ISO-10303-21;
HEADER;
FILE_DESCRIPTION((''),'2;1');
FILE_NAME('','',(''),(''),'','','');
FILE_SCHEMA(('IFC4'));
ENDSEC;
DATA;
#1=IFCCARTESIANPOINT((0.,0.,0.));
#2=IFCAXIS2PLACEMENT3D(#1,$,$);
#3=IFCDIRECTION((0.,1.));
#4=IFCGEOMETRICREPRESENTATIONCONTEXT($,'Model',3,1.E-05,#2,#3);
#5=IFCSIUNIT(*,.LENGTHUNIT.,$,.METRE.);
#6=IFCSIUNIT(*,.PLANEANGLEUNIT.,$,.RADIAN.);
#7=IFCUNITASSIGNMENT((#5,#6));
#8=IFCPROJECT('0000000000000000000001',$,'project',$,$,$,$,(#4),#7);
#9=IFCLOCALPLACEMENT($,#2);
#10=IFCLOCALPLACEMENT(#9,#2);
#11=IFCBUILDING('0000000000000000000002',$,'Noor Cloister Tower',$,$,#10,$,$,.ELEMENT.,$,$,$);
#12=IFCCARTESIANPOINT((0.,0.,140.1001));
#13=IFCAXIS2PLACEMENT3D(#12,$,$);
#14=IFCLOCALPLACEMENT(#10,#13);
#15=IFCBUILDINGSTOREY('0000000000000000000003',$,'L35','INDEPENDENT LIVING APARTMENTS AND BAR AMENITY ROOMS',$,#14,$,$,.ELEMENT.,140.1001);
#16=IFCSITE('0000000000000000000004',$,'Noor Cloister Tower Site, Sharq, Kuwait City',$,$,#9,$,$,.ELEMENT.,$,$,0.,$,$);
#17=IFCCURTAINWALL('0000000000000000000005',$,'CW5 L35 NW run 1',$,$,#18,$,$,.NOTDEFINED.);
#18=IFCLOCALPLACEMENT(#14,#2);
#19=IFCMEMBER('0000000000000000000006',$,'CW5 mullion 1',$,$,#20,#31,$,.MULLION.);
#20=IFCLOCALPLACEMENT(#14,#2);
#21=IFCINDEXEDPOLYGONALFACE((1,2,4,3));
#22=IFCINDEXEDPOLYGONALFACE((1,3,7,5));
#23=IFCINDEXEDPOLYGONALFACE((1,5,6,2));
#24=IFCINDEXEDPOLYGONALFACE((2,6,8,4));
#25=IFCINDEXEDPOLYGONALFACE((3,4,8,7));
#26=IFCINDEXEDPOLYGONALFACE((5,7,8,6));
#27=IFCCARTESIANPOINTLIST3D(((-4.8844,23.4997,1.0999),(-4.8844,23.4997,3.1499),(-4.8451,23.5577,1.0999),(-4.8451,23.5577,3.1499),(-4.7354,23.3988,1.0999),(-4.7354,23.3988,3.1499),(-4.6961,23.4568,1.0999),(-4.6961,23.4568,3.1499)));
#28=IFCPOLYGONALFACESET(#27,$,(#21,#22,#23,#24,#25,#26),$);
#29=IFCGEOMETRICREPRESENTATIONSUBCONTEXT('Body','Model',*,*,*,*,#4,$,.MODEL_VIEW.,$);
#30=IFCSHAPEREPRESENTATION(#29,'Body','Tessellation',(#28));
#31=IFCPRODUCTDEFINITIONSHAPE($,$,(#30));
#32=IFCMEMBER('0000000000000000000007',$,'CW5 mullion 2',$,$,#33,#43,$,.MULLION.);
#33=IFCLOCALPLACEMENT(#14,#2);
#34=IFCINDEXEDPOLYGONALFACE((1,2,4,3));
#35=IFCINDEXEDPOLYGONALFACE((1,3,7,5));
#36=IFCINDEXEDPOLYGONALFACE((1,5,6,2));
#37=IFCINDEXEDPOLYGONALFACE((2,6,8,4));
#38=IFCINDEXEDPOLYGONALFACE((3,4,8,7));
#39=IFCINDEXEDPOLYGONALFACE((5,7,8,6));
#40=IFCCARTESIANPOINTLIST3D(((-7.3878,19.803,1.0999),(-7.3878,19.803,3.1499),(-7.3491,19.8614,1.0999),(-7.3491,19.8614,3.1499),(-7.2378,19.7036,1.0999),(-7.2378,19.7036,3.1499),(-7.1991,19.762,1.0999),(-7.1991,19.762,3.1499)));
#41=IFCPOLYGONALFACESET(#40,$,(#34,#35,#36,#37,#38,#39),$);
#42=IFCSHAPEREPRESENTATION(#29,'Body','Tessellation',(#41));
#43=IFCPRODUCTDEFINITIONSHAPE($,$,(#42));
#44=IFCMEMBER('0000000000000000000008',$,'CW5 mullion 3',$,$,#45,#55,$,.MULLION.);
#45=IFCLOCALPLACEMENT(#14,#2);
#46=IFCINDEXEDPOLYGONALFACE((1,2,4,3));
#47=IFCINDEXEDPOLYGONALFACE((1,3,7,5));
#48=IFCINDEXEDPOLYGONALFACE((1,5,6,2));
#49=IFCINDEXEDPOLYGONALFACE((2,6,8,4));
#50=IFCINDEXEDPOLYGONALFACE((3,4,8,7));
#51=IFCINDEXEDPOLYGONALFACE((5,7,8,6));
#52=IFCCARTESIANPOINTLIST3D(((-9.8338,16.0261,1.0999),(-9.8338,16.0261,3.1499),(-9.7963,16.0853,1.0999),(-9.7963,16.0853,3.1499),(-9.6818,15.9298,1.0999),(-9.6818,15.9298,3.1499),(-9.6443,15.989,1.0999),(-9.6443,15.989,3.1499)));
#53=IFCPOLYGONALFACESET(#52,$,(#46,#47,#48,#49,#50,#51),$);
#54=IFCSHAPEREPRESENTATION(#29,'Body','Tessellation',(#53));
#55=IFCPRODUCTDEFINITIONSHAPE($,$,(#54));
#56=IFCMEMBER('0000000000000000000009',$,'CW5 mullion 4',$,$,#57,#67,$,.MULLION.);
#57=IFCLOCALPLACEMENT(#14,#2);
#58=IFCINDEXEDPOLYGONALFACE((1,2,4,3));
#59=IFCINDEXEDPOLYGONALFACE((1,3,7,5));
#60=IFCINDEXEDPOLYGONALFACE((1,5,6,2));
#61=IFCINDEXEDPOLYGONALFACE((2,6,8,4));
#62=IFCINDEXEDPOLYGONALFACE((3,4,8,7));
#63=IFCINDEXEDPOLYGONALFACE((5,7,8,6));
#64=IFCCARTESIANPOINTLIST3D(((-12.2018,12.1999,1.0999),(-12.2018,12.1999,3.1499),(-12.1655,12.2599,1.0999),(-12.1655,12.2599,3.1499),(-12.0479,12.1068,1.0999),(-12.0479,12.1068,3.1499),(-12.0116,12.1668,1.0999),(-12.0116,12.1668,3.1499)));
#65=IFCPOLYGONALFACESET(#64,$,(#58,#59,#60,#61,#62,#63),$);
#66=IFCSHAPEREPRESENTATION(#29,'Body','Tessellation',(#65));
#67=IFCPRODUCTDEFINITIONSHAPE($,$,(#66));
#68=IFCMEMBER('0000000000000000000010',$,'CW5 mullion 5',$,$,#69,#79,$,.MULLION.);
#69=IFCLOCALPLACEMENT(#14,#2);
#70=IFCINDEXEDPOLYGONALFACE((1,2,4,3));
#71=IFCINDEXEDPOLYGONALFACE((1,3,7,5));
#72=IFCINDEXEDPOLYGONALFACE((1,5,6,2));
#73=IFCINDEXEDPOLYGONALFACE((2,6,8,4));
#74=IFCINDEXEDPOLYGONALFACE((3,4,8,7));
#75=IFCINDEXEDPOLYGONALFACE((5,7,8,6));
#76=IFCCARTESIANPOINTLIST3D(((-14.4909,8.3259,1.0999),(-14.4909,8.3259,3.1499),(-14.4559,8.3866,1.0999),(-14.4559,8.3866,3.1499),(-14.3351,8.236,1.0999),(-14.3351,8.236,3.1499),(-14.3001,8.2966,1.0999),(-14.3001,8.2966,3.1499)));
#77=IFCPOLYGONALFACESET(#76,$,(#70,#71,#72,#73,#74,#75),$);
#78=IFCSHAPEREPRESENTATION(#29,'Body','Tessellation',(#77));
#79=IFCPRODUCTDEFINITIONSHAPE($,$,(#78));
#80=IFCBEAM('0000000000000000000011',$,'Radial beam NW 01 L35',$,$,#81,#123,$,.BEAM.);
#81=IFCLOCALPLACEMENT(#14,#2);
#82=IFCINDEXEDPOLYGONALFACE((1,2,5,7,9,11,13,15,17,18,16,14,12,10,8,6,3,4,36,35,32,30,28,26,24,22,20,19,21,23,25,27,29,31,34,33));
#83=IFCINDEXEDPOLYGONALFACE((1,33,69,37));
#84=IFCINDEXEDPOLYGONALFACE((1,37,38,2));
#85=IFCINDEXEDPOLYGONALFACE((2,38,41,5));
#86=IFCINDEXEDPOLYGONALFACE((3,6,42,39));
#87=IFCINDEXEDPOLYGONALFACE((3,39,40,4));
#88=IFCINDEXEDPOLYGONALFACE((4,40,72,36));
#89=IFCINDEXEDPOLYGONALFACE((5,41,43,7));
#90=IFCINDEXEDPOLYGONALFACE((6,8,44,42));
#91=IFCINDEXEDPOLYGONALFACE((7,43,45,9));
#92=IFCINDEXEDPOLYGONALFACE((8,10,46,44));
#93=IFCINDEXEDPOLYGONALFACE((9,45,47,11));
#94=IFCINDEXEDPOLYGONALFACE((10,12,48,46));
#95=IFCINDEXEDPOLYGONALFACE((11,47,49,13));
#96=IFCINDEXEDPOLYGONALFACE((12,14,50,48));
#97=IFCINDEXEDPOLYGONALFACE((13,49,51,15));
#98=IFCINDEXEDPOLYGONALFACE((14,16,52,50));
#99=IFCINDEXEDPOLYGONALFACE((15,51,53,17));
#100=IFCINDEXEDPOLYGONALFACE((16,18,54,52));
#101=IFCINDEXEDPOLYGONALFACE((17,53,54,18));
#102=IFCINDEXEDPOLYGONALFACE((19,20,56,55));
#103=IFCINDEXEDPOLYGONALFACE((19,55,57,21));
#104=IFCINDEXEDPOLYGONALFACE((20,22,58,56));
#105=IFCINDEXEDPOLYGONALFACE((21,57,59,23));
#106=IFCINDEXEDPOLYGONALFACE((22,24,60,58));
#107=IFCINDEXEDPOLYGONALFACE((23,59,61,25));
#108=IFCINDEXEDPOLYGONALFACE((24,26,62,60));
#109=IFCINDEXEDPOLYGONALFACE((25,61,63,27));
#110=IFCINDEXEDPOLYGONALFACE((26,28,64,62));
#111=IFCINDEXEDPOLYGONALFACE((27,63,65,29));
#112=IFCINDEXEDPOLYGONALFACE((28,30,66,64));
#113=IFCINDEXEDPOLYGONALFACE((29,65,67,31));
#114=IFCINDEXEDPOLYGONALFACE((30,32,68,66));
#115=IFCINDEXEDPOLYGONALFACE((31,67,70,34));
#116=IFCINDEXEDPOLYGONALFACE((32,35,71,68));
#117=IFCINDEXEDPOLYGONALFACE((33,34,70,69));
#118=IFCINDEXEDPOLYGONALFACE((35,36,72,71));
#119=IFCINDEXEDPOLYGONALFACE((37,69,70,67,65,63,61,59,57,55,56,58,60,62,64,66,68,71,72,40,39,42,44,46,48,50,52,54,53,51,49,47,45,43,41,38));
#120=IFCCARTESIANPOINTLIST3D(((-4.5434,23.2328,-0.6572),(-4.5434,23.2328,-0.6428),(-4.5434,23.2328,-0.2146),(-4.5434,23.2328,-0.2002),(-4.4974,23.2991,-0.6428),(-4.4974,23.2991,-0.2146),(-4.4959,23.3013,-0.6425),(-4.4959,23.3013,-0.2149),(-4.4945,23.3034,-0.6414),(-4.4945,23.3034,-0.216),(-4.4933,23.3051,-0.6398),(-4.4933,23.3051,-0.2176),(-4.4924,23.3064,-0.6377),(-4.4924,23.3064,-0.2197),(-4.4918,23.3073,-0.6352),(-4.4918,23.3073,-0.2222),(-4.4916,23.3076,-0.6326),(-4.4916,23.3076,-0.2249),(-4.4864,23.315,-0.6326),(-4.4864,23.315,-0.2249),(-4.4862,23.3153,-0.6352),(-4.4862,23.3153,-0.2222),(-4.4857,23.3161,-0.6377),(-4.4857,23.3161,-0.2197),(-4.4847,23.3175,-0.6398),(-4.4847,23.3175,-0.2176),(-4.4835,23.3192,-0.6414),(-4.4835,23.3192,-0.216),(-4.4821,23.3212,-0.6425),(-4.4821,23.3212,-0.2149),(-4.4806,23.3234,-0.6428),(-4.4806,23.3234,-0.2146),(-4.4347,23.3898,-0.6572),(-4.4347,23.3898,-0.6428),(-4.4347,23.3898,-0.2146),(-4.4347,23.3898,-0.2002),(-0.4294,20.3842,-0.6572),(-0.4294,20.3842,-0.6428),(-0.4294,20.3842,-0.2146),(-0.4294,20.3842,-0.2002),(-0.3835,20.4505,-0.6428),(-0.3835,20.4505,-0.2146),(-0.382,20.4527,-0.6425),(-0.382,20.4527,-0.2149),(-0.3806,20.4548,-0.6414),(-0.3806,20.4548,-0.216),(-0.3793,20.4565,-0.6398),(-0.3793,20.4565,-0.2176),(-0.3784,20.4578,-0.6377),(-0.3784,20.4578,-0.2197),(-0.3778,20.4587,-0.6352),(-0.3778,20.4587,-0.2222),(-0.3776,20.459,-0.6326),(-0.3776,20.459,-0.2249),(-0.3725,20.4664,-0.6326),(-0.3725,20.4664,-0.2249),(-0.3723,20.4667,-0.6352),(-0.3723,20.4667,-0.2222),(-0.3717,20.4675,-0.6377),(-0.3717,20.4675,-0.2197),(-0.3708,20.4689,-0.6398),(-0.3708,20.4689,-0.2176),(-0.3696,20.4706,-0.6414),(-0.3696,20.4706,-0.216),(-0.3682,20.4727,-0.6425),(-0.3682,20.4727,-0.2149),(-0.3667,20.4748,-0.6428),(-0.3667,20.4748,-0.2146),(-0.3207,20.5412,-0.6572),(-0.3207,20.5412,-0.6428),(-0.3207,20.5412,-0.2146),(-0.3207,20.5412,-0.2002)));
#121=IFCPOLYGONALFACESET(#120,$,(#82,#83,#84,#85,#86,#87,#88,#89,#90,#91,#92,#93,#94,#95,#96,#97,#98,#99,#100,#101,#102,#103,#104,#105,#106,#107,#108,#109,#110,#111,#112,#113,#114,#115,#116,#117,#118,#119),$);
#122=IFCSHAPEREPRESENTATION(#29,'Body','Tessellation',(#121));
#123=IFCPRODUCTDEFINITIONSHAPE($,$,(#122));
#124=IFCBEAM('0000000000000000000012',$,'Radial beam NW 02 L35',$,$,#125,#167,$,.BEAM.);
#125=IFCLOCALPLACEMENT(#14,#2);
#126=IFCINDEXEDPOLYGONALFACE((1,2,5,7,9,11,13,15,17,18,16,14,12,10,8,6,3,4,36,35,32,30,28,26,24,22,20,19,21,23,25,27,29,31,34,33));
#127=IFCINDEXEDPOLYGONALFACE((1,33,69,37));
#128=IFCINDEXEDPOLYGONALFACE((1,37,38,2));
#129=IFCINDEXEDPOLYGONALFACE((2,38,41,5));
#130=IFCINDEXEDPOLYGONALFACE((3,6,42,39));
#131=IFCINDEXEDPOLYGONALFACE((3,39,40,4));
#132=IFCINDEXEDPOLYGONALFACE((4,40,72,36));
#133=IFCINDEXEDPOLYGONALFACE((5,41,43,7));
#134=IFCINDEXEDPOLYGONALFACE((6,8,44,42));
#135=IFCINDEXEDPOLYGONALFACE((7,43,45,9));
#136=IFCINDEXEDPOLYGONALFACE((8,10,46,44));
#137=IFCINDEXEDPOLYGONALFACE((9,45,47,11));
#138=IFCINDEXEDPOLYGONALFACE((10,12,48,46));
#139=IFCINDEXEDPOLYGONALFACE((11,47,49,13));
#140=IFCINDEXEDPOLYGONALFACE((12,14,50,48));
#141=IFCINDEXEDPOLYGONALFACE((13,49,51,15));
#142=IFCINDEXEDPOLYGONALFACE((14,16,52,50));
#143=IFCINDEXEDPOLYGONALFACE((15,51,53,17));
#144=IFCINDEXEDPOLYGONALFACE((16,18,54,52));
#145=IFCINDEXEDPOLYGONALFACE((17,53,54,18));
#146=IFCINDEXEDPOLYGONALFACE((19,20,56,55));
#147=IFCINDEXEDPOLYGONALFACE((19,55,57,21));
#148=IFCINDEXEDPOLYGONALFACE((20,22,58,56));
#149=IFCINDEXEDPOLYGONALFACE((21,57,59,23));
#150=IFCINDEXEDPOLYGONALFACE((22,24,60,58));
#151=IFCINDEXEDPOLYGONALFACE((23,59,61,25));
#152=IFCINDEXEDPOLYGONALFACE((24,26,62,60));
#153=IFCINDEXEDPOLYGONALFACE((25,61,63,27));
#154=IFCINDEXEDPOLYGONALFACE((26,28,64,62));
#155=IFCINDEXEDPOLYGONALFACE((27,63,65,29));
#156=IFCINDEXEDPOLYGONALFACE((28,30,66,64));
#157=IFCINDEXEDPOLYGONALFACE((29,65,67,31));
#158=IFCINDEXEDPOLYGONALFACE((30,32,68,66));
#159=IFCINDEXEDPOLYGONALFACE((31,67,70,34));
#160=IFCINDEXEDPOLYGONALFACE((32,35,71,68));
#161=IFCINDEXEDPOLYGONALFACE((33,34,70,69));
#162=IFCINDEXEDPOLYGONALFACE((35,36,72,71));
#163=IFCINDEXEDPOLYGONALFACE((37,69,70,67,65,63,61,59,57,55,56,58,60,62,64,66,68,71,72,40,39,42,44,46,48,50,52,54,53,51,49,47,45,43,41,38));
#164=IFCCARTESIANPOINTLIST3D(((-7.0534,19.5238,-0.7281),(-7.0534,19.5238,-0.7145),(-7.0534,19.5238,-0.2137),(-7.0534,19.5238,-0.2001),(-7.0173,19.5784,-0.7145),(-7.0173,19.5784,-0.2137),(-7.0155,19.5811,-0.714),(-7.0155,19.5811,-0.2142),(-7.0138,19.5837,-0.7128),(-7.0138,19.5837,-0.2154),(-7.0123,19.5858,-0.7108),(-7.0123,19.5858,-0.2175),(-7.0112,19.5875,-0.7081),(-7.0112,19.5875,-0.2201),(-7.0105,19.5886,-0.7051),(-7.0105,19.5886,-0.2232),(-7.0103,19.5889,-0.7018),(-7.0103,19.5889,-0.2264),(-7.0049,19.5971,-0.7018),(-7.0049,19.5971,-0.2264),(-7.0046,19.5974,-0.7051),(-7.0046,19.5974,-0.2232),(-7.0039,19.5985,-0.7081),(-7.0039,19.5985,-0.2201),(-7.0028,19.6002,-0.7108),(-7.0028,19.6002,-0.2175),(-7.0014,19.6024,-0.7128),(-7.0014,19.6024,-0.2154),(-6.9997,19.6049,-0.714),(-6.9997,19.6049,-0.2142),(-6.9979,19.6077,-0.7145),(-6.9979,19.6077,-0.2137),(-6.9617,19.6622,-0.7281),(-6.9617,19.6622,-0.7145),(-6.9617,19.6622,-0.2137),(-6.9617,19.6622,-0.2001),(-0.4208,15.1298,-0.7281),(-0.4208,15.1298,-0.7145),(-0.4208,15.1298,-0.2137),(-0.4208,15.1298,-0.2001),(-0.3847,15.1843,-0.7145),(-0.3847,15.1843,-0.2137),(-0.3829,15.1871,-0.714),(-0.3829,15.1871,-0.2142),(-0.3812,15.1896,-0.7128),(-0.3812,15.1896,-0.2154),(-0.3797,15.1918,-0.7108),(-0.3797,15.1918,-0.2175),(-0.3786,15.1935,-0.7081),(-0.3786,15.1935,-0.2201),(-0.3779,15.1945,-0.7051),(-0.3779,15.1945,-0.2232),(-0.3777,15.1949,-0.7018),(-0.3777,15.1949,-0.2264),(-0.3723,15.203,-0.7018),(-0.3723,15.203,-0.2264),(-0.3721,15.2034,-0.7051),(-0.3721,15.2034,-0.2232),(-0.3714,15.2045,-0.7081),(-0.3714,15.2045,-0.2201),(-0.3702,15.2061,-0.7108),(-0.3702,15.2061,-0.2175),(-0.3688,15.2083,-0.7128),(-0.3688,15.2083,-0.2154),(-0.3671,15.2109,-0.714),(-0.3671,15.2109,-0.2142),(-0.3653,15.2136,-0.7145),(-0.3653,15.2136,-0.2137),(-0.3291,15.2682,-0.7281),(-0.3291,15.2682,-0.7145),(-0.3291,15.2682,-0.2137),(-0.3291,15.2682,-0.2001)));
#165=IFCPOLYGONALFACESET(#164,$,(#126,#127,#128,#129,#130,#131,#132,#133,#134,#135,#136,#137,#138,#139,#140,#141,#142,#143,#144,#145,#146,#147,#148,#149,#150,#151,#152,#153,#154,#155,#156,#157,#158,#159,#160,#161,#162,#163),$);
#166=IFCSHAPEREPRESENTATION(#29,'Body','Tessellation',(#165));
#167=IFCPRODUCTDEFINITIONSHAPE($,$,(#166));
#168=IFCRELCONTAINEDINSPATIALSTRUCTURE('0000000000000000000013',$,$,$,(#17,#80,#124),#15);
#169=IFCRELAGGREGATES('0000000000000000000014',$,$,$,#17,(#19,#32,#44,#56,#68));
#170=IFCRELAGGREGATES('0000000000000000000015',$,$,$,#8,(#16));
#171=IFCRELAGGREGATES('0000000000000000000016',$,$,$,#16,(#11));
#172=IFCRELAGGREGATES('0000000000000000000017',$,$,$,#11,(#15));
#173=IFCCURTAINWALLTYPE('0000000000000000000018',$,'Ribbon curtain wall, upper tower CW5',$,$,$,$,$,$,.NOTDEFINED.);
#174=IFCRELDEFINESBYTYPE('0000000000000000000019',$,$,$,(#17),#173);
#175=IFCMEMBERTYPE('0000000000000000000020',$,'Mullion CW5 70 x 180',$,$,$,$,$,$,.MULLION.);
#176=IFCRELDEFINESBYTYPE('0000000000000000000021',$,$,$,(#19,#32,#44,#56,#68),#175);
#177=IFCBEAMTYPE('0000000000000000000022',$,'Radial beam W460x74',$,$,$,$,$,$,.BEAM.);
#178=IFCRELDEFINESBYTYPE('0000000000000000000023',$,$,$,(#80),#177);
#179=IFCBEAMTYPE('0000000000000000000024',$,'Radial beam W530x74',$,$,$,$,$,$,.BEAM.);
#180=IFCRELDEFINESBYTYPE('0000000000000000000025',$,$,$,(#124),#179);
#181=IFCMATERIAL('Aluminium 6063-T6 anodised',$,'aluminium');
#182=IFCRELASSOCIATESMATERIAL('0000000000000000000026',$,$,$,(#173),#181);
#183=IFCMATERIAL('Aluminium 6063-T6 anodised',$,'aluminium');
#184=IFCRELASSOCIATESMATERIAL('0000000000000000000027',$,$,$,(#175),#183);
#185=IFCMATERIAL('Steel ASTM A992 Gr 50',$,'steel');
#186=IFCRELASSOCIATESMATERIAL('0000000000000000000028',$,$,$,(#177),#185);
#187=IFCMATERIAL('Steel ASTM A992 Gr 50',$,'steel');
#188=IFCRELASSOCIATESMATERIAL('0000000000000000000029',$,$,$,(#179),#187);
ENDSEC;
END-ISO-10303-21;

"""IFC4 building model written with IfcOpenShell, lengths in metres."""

from ifc_helpers import new_model, si_unit, direction, frame, origin, origin_2d, place, context, subcontext, project, spatial, rectangle, i_section, extrude, material, material_profile, profile_set, type_object, element, aggregate, save


model = new_model("IFC4")

# Units and contexts
model_context = context("Model", 3, precision=1e-05, world=origin(), true_north=direction((0.0, 1.0)))
body_context = subcontext(model_context, "Body", "Model", "MODEL_VIEW")
ifc_project = project(units=[si_unit("LENGTHUNIT", "METRE"), si_unit("PLANEANGLEUNIT", "RADIAN")], contexts=[model_context])

# Site, building, storey
site_placement = place(None, origin())
site = spatial("IfcSite", under=ifc_project, at=site_placement, Name="Noor Cloister Tower Site, Sharq, Kuwait City", CompositionType="ELEMENT", RefElevation=0.0)
building_placement = place(site_placement, origin())
building = spatial("IfcBuilding", under=site, at=building_placement, Name="Noor Cloister Tower", CompositionType="ELEMENT")
storey_placement = place(building_placement, frame((0.0, 0.0, 140.1001)))
storey = spatial("IfcBuildingStorey", under=building, at=storey_placement, Name="L35", Description="INDEPENDENT LIVING APARTMENTS AND BAR AMENITY ROOMS", CompositionType="ELEMENT", Elevation=140.1001)

# Curtain wall, members
ifc_material_1 = material(Name="Aluminium 6063-T6 anodised", Category="aluminium")
curtain_wall_type = type_object("IfcCurtainWallType", Name="Ribbon curtain wall, upper tower CW5", PredefinedType="NOTDEFINED", material=ifc_material_1)
curtain_wall_placement = place(storey_placement, origin())
curtain_wall = element("IfcCurtainWall", 1, at=curtain_wall_placement, inside=storey, type_object=curtain_wall_type, Name="CW5 L35 NW run 1", PredefinedType="NOTDEFINED")
ifc_material_2 = material(Name="Aluminium 6063-T6 anodised", Category="aluminium")
ifc_material_profile_1 = material_profile(ifc_material_2, rectangle(XDim=0.1799, YDim=0.0701, at=origin_2d()), Name="180 x 70 mullion")
ifc_profile_set_1 = profile_set([ifc_material_profile_1], Name="Aluminium 6063-T6 anodised")
member_type = type_object("IfcMemberType", Name="Mullion CW5 70 x 180", PredefinedType="MULLION", material=ifc_profile_set_1)
member_1_placement = place(storey_placement, frame((-4.7903, 23.4783, 1.0999), z_axis=(0.0, 0.0, 1.0), x_axis=(0.827946, -0.560807, 0.0)))
member_1 = element("IfcMember", 2, at=member_1_placement, type_object=member_type, Name="CW5 mullion 1", PredefinedType="MULLION", context=body_context, shape_type="SweptSolid", body=[
    extrude(rectangle(XDim=0.1799, YDim=0.0701, at=origin_2d()), origin(), (0.0, 0.0, 1.0), 2.05),
])
member_2_placement = place(storey_placement, frame((-7.2935, 19.7825, 1.0999), z_axis=(0.0, 0.0, 1.0), x_axis=(0.833652, -0.55229, 0.0)))
member_2 = element("IfcMember", 3, at=member_2_placement, type_object=member_type, Name="CW5 mullion 2", PredefinedType="MULLION", context=body_context, shape_type="SweptSolid", body=[
    extrude(rectangle(XDim=0.1799, YDim=0.0701, at=origin_2d()), origin(), (0.0, 0.0, 1.0), 2.05),
])
member_3_placement = place(storey_placement, frame((-9.739, 16.0076, 1.0999), z_axis=(0.0, 0.0, 1.0), x_axis=(0.8448, -0.535083, 0.0)))
member_3 = element("IfcMember", 4, at=member_3_placement, type_object=member_type, Name="CW5 mullion 3", PredefinedType="MULLION", context=body_context, shape_type="SweptSolid", body=[
    extrude(rectangle(XDim=0.1799, YDim=0.0701, at=origin_2d()), origin(), (0.0, 0.0, 1.0), 2.05),
])
member_4_placement = place(storey_placement, frame((-12.1067, 12.1833, 1.0999), z_axis=(0.0, 0.0, 1.0), x_axis=(0.855592, -0.51765, 0.0)))
member_4 = element("IfcMember", 5, at=member_4_placement, type_object=member_type, Name="CW5 mullion 4", PredefinedType="MULLION", context=body_context, shape_type="SweptSolid", body=[
    extrude(rectangle(XDim=0.1799, YDim=0.0701, at=origin_2d()), origin(), (0.0, 0.0, 1.0), 2.05),
])
member_5_placement = place(storey_placement, frame((-14.3955, 8.3113, 1.0999), z_axis=(0.0, 0.0, 1.0), x_axis=(0.866025, -0.5, 0.0)))
member_5 = element("IfcMember", 6, at=member_5_placement, type_object=member_type, Name="CW5 mullion 5", PredefinedType="MULLION", context=body_context, shape_type="SweptSolid", body=[
    extrude(rectangle(XDim=0.1799, YDim=0.0701, at=origin_2d()), origin(), (0.0, 0.0, 1.0), 2.05),
])

# Beams
ifc_material_3 = material(Name="Steel ASTM A992 Gr 50", Category="steel")
ifc_material_profile_2 = material_profile(ifc_material_3, i_section(OverallWidth=0.1909, OverallDepth=0.457, WebThickness=0.009, FlangeThickness=0.0144, FilletRadius=0.0103, at=origin_2d()), Name="W460x74")
ifc_profile_set_2 = profile_set([ifc_material_profile_2], Name="Steel ASTM A992 Gr 50")
beam_type_1 = type_object("IfcBeamType", Name="Radial beam W460x74", PredefinedType="BEAM", material=ifc_profile_set_2)
beam_1_placement = place(storey_placement, frame((-4.489, 23.3113, -0.4287), z_axis=(0.822148, -0.569273, 0.0), x_axis=(0.569273, 0.822148, 0.0)))
element("IfcBeam", 7, at=beam_1_placement, inside=storey, type_object=beam_type_1, Name="Radial beam NW 01 L35", PredefinedType="BEAM", context=body_context, shape_type="SweptSolid", body=[
    extrude(i_section(OverallWidth=0.1909, OverallDepth=0.457, WebThickness=0.009, FlangeThickness=0.0144, FilletRadius=0.0103, at=origin_2d()), origin(), (0.0, 0.0, 1.0), 5.0039),
])
ifc_material_4 = material(Name="Steel ASTM A992 Gr 50", Category="steel")
ifc_material_profile_3 = material_profile(ifc_material_4, i_section(OverallWidth=0.166, OverallDepth=0.5281, WebThickness=0.0098, FlangeThickness=0.0137, FilletRadius=0.0127, at=origin_2d()), Name="W530x74")
ifc_profile_set_3 = profile_set([ifc_material_profile_3], Name="Steel ASTM A992 Gr 50")
beam_type_2 = type_object("IfcBeamType", Name="Radial beam W530x74", PredefinedType="BEAM", material=ifc_profile_set_3)
beam_2_placement = place(storey_placement, frame((-7.0076, 19.593, -0.4641), z_axis=(0.833652, -0.55229, 0.0), x_axis=(0.55229, 0.833652, 0.0)))
element("IfcBeam", 8, at=beam_2_placement, inside=storey, type_object=beam_type_2, Name="Radial beam NW 02 L35", PredefinedType="BEAM", context=body_context, shape_type="SweptSolid", body=[
    extrude(i_section(OverallWidth=0.166, OverallDepth=0.5281, WebThickness=0.0098, FlangeThickness=0.0137, FilletRadius=0.0127, at=origin_2d()), origin(), (0.0, 0.0, 1.0), 7.9561),
])

aggregate(curtain_wall, [member_1, member_2, member_3, member_4, member_5])

save(model, "model.ifc")
